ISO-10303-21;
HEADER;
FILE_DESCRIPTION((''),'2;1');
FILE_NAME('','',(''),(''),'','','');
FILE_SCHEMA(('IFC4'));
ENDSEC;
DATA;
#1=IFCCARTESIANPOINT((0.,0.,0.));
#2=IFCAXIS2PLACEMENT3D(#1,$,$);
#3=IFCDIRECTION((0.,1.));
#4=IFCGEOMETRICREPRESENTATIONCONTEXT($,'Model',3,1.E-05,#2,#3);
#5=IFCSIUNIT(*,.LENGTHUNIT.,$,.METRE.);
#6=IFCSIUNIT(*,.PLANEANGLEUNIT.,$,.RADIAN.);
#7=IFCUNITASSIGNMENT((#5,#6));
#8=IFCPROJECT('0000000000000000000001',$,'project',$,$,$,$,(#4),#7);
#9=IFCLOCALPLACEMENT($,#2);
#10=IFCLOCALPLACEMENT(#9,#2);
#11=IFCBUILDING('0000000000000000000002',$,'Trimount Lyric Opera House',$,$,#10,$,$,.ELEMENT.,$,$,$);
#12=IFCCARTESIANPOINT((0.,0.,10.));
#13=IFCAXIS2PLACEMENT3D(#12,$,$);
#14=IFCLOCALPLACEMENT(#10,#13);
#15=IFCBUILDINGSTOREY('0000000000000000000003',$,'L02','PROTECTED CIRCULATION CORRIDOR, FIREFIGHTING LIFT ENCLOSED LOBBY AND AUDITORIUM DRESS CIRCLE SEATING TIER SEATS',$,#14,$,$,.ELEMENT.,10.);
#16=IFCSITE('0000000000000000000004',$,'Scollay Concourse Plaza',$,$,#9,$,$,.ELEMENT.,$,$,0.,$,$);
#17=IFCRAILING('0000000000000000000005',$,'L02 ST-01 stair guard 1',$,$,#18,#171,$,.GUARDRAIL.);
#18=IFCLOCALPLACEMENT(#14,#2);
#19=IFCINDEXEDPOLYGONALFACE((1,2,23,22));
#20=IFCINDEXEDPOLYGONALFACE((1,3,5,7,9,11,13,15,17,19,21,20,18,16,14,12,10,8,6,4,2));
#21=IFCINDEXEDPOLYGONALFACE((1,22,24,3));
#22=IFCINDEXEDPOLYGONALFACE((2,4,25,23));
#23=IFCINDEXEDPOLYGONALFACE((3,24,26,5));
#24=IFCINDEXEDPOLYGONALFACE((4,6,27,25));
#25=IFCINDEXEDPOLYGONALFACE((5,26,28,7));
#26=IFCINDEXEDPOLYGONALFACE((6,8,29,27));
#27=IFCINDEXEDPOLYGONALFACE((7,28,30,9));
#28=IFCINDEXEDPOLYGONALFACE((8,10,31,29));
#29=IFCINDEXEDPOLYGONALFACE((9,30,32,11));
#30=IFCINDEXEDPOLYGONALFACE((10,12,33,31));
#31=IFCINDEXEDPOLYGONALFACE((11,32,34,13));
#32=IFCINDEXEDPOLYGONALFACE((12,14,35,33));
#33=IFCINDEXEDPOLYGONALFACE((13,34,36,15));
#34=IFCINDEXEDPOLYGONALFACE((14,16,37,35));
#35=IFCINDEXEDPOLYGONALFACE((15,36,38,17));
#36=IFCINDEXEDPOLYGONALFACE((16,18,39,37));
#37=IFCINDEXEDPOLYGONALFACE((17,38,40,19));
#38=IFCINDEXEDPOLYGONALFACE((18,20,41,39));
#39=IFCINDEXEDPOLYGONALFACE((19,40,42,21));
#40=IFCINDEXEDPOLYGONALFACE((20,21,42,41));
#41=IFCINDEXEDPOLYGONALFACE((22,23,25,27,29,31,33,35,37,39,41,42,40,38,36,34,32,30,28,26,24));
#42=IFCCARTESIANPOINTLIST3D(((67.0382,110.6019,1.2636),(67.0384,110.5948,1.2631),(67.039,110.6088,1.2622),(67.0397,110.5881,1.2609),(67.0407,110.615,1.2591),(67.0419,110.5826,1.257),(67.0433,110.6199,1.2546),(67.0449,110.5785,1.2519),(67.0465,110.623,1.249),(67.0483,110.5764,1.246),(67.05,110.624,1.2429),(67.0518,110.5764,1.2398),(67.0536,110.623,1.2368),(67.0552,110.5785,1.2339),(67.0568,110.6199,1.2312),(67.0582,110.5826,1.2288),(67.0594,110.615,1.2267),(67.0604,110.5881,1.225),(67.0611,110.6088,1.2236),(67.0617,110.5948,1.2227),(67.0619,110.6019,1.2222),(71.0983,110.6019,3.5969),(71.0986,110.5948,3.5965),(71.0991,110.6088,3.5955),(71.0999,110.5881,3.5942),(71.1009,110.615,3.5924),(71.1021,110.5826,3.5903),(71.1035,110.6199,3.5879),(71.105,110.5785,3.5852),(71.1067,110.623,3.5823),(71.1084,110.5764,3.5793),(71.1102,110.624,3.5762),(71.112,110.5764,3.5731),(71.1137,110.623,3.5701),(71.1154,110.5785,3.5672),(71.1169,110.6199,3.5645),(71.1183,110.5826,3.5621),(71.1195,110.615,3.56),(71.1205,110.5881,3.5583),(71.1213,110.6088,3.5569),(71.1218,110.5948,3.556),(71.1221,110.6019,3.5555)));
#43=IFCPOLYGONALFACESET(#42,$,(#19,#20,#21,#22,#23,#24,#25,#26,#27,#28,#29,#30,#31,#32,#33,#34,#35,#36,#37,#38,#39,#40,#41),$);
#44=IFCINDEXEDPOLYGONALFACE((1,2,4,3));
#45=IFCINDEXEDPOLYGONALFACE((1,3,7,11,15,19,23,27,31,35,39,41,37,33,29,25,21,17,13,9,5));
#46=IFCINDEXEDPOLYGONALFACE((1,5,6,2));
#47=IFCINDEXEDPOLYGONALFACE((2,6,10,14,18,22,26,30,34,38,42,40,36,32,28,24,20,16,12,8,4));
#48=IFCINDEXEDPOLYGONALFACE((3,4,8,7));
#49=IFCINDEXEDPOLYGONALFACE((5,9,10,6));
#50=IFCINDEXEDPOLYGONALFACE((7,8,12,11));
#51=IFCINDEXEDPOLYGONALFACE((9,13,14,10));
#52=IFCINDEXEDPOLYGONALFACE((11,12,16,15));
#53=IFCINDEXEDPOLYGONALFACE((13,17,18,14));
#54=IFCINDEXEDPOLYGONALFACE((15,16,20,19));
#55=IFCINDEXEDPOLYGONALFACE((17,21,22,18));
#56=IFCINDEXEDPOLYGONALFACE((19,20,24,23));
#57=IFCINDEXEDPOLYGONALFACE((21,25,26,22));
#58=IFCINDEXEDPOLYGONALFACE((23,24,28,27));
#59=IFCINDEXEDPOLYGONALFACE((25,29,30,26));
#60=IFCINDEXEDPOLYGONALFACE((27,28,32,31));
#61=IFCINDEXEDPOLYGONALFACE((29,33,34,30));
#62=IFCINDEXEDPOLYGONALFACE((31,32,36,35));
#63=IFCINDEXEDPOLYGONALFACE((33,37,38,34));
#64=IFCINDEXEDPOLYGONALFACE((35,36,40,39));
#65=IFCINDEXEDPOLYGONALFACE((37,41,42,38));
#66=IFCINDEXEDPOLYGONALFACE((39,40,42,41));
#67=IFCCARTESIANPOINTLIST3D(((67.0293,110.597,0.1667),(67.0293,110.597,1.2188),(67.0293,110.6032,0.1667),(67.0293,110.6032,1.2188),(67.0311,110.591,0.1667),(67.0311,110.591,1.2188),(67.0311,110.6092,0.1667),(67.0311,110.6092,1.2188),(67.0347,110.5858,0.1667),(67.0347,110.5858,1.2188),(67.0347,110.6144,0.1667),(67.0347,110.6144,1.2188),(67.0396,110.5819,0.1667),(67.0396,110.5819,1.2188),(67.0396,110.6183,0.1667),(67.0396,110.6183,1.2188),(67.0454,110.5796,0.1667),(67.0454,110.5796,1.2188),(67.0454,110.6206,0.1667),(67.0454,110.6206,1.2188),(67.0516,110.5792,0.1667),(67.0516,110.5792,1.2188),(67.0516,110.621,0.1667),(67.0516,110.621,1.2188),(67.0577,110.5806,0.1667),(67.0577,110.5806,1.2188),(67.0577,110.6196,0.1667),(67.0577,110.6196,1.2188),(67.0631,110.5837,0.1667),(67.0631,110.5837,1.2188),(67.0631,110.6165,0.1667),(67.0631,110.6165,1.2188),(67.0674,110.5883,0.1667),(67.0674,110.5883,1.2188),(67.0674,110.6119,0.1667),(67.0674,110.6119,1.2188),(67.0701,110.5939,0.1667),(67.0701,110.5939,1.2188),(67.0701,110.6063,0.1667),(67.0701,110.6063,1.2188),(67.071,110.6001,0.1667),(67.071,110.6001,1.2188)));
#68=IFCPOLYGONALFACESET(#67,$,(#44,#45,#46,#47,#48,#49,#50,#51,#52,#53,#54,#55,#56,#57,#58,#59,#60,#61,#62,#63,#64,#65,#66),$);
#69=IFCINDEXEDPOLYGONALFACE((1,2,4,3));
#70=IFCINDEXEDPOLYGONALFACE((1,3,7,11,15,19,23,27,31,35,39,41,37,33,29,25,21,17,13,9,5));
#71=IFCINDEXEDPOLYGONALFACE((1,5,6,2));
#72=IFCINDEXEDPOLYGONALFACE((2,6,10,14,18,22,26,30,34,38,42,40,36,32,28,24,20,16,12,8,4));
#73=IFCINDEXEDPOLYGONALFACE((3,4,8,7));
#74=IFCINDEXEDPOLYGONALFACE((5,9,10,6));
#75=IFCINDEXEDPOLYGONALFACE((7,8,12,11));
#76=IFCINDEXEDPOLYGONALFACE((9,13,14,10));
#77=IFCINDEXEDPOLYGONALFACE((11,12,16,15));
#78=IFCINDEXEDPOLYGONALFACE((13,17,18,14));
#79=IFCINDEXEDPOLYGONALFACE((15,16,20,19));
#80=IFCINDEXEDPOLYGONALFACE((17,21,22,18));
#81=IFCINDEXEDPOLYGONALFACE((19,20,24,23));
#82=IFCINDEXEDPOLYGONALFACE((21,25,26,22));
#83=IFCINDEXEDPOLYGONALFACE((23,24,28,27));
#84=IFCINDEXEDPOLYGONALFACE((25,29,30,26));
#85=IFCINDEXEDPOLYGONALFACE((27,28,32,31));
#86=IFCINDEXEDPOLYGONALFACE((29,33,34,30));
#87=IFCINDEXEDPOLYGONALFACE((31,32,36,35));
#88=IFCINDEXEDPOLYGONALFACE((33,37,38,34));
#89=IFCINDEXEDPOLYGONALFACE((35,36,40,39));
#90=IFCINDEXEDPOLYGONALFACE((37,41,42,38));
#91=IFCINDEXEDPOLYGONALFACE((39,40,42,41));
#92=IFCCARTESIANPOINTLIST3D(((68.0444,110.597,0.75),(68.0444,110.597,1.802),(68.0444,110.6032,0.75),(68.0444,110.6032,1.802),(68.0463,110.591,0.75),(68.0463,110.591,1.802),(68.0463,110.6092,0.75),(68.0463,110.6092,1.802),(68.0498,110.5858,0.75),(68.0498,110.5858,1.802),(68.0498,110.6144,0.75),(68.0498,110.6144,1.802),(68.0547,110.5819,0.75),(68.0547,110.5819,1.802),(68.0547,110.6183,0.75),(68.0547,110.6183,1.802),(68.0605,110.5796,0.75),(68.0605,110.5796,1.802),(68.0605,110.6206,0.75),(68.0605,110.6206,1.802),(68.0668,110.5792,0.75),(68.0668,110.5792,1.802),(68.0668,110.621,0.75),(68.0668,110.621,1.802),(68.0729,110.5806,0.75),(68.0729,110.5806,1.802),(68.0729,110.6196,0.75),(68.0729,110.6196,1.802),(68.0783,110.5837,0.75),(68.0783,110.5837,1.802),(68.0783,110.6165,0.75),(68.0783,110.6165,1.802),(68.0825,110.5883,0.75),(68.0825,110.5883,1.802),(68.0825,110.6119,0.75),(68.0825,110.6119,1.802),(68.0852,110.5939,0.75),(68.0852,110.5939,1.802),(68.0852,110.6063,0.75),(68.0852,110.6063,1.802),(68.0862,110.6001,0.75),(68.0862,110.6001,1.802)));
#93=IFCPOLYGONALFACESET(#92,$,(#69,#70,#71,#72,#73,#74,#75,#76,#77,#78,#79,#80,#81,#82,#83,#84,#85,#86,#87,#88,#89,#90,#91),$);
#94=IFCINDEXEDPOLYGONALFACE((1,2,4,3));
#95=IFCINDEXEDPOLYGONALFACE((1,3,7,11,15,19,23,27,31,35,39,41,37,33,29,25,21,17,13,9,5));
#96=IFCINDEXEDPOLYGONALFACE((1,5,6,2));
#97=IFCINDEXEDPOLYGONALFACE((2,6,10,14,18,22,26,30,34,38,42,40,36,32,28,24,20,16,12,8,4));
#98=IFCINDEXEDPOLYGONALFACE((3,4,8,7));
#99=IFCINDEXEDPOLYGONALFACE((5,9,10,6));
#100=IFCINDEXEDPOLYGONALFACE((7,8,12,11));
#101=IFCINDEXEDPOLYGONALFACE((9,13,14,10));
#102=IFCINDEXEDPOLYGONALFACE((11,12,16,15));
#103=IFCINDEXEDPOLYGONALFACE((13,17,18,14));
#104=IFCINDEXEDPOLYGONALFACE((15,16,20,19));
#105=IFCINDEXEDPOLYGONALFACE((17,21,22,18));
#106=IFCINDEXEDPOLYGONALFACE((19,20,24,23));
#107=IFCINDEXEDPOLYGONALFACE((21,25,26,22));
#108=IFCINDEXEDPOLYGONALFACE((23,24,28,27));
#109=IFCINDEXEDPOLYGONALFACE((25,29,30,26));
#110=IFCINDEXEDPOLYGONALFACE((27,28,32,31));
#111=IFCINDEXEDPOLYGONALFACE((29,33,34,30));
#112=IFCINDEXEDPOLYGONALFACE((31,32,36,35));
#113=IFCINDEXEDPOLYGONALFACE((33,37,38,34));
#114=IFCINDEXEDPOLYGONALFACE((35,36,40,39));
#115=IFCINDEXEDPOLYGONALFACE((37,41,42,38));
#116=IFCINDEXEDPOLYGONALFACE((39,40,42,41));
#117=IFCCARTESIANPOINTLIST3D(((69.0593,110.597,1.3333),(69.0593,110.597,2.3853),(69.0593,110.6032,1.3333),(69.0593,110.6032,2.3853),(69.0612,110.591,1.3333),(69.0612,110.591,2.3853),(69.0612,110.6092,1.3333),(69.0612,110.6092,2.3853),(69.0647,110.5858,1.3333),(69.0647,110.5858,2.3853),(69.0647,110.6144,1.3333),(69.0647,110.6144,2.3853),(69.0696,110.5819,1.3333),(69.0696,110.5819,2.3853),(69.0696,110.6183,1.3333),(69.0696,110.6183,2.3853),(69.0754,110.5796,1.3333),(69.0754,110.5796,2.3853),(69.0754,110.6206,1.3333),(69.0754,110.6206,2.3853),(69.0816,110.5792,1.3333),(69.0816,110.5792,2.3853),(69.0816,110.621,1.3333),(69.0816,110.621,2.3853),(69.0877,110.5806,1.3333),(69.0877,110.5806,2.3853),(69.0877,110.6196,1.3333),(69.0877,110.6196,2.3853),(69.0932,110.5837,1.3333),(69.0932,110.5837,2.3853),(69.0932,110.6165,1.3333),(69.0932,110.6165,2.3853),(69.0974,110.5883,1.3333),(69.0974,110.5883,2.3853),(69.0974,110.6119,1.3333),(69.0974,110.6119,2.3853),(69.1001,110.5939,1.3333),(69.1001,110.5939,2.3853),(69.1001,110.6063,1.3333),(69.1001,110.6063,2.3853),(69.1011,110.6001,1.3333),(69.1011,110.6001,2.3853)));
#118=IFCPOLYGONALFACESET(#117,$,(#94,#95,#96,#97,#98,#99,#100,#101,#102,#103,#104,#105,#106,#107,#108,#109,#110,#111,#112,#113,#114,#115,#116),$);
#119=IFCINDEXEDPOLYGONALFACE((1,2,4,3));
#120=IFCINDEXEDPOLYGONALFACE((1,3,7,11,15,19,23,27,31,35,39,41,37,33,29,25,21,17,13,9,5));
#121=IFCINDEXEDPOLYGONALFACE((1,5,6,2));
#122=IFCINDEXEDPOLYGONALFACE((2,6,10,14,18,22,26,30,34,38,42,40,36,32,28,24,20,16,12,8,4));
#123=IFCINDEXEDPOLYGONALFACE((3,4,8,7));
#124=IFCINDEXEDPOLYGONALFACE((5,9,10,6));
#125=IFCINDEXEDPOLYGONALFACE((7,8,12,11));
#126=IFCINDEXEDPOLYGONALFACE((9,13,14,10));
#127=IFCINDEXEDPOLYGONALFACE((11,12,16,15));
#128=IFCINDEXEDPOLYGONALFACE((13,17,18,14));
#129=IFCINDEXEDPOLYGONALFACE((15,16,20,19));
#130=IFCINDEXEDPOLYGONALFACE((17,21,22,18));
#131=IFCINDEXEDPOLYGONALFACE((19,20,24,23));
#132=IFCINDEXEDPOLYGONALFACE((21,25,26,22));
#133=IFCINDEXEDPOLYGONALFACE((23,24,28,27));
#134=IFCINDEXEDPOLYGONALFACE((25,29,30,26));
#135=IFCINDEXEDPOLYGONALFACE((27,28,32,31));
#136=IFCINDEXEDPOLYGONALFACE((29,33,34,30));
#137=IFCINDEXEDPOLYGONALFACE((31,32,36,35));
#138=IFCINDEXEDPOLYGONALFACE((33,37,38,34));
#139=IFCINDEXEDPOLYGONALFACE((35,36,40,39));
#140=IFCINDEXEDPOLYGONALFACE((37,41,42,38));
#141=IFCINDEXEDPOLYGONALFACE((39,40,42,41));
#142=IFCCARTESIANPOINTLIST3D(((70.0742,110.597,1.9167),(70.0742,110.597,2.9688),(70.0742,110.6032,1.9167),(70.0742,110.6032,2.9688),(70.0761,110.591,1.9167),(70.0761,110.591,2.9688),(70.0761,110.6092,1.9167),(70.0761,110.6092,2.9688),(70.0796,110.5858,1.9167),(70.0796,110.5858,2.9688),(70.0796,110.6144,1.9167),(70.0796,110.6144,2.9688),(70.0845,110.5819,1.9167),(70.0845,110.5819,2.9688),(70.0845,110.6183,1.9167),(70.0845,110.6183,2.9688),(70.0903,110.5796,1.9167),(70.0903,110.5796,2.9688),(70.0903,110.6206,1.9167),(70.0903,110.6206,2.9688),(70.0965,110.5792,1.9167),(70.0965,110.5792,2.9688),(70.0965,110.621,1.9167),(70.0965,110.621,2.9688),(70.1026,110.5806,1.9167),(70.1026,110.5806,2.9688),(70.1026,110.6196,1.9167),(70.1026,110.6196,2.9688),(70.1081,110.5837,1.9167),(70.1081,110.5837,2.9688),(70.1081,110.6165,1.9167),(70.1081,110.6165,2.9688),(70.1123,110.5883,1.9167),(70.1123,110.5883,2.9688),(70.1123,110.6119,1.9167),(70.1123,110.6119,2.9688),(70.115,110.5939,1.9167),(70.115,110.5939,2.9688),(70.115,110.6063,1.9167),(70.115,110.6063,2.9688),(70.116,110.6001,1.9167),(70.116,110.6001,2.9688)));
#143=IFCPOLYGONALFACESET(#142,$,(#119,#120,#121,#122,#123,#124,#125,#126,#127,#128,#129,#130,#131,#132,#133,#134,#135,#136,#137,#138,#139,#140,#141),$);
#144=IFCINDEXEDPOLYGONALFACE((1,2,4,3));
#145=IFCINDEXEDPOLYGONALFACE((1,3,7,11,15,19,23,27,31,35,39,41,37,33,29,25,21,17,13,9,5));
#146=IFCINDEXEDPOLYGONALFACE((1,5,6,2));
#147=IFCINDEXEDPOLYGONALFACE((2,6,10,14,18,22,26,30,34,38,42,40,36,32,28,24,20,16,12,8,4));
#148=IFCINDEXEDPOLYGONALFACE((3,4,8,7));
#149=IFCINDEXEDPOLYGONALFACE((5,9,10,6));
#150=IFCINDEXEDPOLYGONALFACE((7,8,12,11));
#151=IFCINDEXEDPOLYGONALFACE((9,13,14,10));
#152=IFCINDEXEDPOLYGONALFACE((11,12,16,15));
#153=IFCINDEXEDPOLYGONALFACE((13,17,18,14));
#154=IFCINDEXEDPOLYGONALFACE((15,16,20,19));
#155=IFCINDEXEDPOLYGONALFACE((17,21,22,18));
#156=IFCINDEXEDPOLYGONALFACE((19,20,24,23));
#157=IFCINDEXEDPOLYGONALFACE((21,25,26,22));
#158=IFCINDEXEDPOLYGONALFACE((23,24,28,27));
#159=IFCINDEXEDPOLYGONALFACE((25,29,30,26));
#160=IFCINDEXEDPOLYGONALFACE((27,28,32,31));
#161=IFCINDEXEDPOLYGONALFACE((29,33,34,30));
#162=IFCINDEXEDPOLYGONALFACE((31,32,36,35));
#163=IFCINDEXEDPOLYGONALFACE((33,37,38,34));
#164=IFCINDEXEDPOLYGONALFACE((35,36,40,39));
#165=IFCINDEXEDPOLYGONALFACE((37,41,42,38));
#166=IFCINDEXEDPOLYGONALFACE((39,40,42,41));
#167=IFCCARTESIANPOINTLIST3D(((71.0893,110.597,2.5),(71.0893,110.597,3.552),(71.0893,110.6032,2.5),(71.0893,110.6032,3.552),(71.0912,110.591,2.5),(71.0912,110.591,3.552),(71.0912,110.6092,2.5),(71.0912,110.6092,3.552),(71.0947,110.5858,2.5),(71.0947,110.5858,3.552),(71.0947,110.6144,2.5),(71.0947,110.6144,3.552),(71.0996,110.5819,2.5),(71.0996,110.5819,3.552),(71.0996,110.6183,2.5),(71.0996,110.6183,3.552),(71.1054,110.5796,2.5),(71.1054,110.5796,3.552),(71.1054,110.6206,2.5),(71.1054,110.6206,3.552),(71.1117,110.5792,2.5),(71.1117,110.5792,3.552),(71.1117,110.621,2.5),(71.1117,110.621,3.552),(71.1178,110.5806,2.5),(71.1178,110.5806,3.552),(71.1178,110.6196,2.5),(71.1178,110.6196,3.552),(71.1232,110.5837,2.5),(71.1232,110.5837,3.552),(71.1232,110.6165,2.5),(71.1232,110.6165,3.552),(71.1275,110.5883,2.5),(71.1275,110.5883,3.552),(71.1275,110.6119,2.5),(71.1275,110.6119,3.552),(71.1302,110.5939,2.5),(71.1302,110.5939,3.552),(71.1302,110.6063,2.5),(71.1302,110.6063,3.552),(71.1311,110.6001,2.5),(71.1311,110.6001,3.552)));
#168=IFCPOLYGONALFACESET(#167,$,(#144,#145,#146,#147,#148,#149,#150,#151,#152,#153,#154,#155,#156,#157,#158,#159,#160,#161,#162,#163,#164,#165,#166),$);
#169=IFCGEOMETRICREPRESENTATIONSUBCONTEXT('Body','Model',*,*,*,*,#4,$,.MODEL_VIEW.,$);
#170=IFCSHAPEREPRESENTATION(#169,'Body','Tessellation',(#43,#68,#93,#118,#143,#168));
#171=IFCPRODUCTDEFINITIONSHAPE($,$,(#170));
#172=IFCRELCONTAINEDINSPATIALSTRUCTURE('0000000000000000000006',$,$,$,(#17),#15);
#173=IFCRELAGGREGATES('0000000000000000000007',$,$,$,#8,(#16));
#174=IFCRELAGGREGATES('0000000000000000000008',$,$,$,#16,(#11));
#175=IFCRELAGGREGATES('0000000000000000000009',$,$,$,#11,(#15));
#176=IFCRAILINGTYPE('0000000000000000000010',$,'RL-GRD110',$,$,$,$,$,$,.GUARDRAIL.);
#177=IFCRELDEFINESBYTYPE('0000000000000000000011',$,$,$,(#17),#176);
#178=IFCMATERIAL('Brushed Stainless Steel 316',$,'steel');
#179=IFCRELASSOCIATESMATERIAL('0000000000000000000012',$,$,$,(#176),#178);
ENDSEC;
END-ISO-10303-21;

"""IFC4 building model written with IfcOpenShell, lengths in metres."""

from ifc_helpers import new_model, si_unit, direction, frame, origin, origin_2d, place, context, subcontext, project, spatial, circle, extrude, material, type_object, element, save


model = new_model("IFC4")

# Units and contexts
model_context = context("Model", 3, precision=1e-05, world=origin(), true_north=direction((0.0, 1.0)))
body_context = subcontext(model_context, "Body", "Model", "MODEL_VIEW")
ifc_project = project(units=[si_unit("LENGTHUNIT", "METRE"), si_unit("PLANEANGLEUNIT", "RADIAN")], contexts=[model_context])

# Site, building, storey
site_placement = place(None, origin())
site = spatial("IfcSite", under=ifc_project, at=site_placement, Name="Scollay Concourse Plaza", CompositionType="ELEMENT", RefElevation=0.0)
building_placement = place(site_placement, origin())
building = spatial("IfcBuilding", under=site, at=building_placement, Name="Trimount Lyric Opera House", CompositionType="ELEMENT")
storey_placement = place(building_placement, frame((0.0, 0.0, 10.0)))
storey = spatial("IfcBuildingStorey", under=building, at=storey_placement, Name="L02", Description="PROTECTED CIRCULATION CORRIDOR, FIREFIGHTING LIFT ENCLOSED LOBBY AND AUDITORIUM DRESS CIRCLE SEATING TIER SEATS", CompositionType="ELEMENT", Elevation=10.0)

# Railing
ifc_material_1 = material(Name="Brushed Stainless Steel 316", Category="steel")
railing_type_1 = type_object("IfcRailingType", Name="RL-GRD110", PredefinedType="GUARDRAIL", material=ifc_material_1)
railing_1_placement = place(storey_placement, frame((67.05, 110.6001, 0.1667)))
element("IfcRailing", 1, at=railing_1_placement, inside=storey, type_object=railing_type_1, Name="L02 ST-01 stair guard 1", PredefinedType="GUARDRAIL", context=body_context, shape_type="SweptSolid", body=[
    extrude(circle(Radius=0.0239, at=origin_2d()), frame((0.0, 0.0, 1.0762), z_axis=(0.867025, 0.0, 0.498265), x_axis=(0.0, 1.0, 0.0)), (0.0, 0.0, 1.0), 4.6829),
    extrude(circle(Radius=0.021, at=origin_2d()), origin(), (0.0, 0.0, 1.0), 1.052),
    extrude(circle(Radius=0.021, at=origin_2d()), frame((1.0151, 0.0, 0.5833)), (0.0, 0.0, 1.0), 1.052),
    extrude(circle(Radius=0.021, at=origin_2d()), frame((2.03, 0.0, 1.1665)), (0.0, 0.0, 1.0), 1.052),
    extrude(circle(Radius=0.021, at=origin_2d()), frame((3.0449, 0.0, 1.75)), (0.0, 0.0, 1.0), 1.052),
    extrude(circle(Radius=0.021, at=origin_2d()), frame((4.0601, 0.0, 2.3333)), (0.0, 0.0, 1.0), 1.052),
])

save(model, "model.ifc")
